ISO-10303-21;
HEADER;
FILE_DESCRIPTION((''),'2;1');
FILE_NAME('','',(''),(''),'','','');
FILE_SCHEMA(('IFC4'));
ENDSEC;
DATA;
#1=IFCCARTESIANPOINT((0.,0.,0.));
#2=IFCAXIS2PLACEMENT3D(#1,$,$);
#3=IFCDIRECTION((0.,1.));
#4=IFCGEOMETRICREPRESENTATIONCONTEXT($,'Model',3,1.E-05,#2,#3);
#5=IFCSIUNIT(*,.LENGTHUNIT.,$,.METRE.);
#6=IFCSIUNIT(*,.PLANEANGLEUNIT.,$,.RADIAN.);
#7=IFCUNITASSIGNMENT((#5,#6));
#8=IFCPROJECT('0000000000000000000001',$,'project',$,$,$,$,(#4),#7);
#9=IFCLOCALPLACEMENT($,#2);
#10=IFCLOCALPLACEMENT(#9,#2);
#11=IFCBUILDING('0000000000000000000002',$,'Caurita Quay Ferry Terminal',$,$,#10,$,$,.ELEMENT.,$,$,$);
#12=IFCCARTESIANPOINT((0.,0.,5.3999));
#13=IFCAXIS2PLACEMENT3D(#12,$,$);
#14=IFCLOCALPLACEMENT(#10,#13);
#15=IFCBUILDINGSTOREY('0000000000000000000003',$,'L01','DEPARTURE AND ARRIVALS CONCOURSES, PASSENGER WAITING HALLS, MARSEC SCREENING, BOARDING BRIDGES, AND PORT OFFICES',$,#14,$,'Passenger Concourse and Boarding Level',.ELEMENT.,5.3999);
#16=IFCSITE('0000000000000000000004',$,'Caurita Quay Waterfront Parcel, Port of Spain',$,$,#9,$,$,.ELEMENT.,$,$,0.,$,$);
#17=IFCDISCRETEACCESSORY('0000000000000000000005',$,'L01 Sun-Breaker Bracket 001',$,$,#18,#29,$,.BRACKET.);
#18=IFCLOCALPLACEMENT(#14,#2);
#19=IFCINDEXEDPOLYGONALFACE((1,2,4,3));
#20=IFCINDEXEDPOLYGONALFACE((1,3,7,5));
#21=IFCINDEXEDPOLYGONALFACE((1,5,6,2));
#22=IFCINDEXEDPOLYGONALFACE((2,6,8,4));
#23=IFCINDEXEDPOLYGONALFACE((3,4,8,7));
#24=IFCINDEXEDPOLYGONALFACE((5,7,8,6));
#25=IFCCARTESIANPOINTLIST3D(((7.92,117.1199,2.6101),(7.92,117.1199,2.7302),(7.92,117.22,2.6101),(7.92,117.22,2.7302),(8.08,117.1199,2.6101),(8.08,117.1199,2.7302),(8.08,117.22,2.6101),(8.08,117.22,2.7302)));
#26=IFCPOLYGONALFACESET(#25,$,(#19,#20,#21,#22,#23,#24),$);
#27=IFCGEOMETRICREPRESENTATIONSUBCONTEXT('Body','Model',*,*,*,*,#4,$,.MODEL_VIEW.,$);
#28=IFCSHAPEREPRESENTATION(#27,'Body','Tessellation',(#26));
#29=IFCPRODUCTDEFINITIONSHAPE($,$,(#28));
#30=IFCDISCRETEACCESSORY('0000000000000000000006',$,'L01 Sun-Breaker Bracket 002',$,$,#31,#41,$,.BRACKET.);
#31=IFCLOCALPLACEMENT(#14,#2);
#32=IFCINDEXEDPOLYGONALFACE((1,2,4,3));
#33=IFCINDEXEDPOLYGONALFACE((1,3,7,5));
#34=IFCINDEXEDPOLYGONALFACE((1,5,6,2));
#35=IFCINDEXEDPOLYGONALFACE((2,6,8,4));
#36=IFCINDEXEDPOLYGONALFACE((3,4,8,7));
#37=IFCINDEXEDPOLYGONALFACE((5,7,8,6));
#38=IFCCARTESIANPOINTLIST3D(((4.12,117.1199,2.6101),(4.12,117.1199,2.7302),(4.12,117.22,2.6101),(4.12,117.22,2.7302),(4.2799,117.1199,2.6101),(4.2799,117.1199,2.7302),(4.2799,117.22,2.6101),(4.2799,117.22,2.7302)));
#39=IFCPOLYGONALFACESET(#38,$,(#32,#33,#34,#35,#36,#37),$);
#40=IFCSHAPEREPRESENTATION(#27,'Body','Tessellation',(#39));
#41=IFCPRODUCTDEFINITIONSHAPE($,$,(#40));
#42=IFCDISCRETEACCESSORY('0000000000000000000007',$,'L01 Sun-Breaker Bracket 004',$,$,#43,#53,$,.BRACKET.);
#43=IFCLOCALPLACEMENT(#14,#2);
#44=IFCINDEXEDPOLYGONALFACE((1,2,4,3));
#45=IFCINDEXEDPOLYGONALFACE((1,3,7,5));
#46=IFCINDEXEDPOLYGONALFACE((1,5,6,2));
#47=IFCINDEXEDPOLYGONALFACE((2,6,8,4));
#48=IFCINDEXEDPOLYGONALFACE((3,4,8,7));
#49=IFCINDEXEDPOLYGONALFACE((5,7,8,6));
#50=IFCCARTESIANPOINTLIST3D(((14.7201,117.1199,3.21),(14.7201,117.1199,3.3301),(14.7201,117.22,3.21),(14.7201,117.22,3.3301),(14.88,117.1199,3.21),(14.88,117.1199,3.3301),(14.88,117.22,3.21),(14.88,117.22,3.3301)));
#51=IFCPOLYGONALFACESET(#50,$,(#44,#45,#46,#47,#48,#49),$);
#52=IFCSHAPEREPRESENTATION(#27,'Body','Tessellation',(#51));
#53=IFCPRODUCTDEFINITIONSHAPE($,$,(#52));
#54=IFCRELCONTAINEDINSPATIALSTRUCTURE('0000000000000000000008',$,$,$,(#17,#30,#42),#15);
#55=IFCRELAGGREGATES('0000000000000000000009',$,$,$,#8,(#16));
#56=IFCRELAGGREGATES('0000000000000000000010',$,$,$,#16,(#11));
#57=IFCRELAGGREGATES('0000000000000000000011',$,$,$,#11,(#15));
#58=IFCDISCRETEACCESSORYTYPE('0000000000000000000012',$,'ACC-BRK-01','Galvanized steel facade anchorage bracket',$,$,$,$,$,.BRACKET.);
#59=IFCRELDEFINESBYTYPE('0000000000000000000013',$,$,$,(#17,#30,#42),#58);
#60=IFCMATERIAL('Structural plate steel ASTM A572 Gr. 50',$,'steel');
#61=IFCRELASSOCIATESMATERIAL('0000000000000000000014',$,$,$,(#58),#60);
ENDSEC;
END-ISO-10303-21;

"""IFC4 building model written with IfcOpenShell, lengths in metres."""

from ifc_helpers import new_model, si_unit, direction, frame, origin, origin_2d, place, context, subcontext, project, spatial, rectangle, extrude, material, type_object, element, save


model = new_model("IFC4")

# Units and contexts
model_context = context("Model", 3, precision=1e-05, world=origin(), true_north=direction((0.0, 1.0)))
body_context = subcontext(model_context, "Body", "Model", "MODEL_VIEW")
ifc_project = project(units=[si_unit("LENGTHUNIT", "METRE"), si_unit("PLANEANGLEUNIT", "RADIAN")], contexts=[model_context])

# Site, building, storey
site_placement = place(None, origin())
site = spatial("IfcSite", under=ifc_project, at=site_placement, Name="Caurita Quay Waterfront Parcel, Port of Spain", CompositionType="ELEMENT", RefElevation=0.0)
building_placement = place(site_placement, origin())
building = spatial("IfcBuilding", under=site, at=building_placement, Name="Caurita Quay Ferry Terminal", CompositionType="ELEMENT")
storey_placement = place(building_placement, frame((0.0, 0.0, 5.3999)))
storey = spatial("IfcBuildingStorey", under=building, at=storey_placement, Name="L01", Description="DEPARTURE AND ARRIVALS CONCOURSES, PASSENGER WAITING HALLS, MARSEC SCREENING, BOARDING BRIDGES, AND PORT OFFICES", LongName="Passenger Concourse and Boarding Level", CompositionType="ELEMENT", Elevation=5.3999)

# Discrete accessories
ifc_material_1 = material(Name="Structural plate steel ASTM A572 Gr. 50", Category="steel")
discrete_accessory_type = type_object("IfcDiscreteAccessoryType", Name="ACC-BRK-01", Description="Galvanized steel facade anchorage bracket", PredefinedType="BRACKET", material=ifc_material_1)
for number, where, z_axis, x_axis, name in (
    (1, (8.0, 117.1699, 2.6101), (0.0, 0.0, 1.0), (-1.0, 0.0, 0.0), "L01 Sun-Breaker Bracket 001"),
    (2, (4.2, 117.1699, 2.6101), (0.0, 0.0, 1.0), (-1.0, 0.0, 0.0), "L01 Sun-Breaker Bracket 002"),
    (3, (14.8, 117.1699, 3.21), (0.0, 0.0, 1.0), (-1.0, 0.0, 0.0), "L01 Sun-Breaker Bracket 004"),
):
    element("IfcDiscreteAccessory", number, at=place(storey_placement, frame(where, z_axis=z_axis, x_axis=x_axis)), inside=storey, type_object=discrete_accessory_type, Name=name, PredefinedType="BRACKET", context=body_context, shape_type="SweptSolid", body=[
        extrude(rectangle(XDim=0.1599, YDim=0.1001, at=origin_2d()), origin(), (0.0, 0.0, 1.0), 0.1201),
    ])

save(model, "model.ifc")
